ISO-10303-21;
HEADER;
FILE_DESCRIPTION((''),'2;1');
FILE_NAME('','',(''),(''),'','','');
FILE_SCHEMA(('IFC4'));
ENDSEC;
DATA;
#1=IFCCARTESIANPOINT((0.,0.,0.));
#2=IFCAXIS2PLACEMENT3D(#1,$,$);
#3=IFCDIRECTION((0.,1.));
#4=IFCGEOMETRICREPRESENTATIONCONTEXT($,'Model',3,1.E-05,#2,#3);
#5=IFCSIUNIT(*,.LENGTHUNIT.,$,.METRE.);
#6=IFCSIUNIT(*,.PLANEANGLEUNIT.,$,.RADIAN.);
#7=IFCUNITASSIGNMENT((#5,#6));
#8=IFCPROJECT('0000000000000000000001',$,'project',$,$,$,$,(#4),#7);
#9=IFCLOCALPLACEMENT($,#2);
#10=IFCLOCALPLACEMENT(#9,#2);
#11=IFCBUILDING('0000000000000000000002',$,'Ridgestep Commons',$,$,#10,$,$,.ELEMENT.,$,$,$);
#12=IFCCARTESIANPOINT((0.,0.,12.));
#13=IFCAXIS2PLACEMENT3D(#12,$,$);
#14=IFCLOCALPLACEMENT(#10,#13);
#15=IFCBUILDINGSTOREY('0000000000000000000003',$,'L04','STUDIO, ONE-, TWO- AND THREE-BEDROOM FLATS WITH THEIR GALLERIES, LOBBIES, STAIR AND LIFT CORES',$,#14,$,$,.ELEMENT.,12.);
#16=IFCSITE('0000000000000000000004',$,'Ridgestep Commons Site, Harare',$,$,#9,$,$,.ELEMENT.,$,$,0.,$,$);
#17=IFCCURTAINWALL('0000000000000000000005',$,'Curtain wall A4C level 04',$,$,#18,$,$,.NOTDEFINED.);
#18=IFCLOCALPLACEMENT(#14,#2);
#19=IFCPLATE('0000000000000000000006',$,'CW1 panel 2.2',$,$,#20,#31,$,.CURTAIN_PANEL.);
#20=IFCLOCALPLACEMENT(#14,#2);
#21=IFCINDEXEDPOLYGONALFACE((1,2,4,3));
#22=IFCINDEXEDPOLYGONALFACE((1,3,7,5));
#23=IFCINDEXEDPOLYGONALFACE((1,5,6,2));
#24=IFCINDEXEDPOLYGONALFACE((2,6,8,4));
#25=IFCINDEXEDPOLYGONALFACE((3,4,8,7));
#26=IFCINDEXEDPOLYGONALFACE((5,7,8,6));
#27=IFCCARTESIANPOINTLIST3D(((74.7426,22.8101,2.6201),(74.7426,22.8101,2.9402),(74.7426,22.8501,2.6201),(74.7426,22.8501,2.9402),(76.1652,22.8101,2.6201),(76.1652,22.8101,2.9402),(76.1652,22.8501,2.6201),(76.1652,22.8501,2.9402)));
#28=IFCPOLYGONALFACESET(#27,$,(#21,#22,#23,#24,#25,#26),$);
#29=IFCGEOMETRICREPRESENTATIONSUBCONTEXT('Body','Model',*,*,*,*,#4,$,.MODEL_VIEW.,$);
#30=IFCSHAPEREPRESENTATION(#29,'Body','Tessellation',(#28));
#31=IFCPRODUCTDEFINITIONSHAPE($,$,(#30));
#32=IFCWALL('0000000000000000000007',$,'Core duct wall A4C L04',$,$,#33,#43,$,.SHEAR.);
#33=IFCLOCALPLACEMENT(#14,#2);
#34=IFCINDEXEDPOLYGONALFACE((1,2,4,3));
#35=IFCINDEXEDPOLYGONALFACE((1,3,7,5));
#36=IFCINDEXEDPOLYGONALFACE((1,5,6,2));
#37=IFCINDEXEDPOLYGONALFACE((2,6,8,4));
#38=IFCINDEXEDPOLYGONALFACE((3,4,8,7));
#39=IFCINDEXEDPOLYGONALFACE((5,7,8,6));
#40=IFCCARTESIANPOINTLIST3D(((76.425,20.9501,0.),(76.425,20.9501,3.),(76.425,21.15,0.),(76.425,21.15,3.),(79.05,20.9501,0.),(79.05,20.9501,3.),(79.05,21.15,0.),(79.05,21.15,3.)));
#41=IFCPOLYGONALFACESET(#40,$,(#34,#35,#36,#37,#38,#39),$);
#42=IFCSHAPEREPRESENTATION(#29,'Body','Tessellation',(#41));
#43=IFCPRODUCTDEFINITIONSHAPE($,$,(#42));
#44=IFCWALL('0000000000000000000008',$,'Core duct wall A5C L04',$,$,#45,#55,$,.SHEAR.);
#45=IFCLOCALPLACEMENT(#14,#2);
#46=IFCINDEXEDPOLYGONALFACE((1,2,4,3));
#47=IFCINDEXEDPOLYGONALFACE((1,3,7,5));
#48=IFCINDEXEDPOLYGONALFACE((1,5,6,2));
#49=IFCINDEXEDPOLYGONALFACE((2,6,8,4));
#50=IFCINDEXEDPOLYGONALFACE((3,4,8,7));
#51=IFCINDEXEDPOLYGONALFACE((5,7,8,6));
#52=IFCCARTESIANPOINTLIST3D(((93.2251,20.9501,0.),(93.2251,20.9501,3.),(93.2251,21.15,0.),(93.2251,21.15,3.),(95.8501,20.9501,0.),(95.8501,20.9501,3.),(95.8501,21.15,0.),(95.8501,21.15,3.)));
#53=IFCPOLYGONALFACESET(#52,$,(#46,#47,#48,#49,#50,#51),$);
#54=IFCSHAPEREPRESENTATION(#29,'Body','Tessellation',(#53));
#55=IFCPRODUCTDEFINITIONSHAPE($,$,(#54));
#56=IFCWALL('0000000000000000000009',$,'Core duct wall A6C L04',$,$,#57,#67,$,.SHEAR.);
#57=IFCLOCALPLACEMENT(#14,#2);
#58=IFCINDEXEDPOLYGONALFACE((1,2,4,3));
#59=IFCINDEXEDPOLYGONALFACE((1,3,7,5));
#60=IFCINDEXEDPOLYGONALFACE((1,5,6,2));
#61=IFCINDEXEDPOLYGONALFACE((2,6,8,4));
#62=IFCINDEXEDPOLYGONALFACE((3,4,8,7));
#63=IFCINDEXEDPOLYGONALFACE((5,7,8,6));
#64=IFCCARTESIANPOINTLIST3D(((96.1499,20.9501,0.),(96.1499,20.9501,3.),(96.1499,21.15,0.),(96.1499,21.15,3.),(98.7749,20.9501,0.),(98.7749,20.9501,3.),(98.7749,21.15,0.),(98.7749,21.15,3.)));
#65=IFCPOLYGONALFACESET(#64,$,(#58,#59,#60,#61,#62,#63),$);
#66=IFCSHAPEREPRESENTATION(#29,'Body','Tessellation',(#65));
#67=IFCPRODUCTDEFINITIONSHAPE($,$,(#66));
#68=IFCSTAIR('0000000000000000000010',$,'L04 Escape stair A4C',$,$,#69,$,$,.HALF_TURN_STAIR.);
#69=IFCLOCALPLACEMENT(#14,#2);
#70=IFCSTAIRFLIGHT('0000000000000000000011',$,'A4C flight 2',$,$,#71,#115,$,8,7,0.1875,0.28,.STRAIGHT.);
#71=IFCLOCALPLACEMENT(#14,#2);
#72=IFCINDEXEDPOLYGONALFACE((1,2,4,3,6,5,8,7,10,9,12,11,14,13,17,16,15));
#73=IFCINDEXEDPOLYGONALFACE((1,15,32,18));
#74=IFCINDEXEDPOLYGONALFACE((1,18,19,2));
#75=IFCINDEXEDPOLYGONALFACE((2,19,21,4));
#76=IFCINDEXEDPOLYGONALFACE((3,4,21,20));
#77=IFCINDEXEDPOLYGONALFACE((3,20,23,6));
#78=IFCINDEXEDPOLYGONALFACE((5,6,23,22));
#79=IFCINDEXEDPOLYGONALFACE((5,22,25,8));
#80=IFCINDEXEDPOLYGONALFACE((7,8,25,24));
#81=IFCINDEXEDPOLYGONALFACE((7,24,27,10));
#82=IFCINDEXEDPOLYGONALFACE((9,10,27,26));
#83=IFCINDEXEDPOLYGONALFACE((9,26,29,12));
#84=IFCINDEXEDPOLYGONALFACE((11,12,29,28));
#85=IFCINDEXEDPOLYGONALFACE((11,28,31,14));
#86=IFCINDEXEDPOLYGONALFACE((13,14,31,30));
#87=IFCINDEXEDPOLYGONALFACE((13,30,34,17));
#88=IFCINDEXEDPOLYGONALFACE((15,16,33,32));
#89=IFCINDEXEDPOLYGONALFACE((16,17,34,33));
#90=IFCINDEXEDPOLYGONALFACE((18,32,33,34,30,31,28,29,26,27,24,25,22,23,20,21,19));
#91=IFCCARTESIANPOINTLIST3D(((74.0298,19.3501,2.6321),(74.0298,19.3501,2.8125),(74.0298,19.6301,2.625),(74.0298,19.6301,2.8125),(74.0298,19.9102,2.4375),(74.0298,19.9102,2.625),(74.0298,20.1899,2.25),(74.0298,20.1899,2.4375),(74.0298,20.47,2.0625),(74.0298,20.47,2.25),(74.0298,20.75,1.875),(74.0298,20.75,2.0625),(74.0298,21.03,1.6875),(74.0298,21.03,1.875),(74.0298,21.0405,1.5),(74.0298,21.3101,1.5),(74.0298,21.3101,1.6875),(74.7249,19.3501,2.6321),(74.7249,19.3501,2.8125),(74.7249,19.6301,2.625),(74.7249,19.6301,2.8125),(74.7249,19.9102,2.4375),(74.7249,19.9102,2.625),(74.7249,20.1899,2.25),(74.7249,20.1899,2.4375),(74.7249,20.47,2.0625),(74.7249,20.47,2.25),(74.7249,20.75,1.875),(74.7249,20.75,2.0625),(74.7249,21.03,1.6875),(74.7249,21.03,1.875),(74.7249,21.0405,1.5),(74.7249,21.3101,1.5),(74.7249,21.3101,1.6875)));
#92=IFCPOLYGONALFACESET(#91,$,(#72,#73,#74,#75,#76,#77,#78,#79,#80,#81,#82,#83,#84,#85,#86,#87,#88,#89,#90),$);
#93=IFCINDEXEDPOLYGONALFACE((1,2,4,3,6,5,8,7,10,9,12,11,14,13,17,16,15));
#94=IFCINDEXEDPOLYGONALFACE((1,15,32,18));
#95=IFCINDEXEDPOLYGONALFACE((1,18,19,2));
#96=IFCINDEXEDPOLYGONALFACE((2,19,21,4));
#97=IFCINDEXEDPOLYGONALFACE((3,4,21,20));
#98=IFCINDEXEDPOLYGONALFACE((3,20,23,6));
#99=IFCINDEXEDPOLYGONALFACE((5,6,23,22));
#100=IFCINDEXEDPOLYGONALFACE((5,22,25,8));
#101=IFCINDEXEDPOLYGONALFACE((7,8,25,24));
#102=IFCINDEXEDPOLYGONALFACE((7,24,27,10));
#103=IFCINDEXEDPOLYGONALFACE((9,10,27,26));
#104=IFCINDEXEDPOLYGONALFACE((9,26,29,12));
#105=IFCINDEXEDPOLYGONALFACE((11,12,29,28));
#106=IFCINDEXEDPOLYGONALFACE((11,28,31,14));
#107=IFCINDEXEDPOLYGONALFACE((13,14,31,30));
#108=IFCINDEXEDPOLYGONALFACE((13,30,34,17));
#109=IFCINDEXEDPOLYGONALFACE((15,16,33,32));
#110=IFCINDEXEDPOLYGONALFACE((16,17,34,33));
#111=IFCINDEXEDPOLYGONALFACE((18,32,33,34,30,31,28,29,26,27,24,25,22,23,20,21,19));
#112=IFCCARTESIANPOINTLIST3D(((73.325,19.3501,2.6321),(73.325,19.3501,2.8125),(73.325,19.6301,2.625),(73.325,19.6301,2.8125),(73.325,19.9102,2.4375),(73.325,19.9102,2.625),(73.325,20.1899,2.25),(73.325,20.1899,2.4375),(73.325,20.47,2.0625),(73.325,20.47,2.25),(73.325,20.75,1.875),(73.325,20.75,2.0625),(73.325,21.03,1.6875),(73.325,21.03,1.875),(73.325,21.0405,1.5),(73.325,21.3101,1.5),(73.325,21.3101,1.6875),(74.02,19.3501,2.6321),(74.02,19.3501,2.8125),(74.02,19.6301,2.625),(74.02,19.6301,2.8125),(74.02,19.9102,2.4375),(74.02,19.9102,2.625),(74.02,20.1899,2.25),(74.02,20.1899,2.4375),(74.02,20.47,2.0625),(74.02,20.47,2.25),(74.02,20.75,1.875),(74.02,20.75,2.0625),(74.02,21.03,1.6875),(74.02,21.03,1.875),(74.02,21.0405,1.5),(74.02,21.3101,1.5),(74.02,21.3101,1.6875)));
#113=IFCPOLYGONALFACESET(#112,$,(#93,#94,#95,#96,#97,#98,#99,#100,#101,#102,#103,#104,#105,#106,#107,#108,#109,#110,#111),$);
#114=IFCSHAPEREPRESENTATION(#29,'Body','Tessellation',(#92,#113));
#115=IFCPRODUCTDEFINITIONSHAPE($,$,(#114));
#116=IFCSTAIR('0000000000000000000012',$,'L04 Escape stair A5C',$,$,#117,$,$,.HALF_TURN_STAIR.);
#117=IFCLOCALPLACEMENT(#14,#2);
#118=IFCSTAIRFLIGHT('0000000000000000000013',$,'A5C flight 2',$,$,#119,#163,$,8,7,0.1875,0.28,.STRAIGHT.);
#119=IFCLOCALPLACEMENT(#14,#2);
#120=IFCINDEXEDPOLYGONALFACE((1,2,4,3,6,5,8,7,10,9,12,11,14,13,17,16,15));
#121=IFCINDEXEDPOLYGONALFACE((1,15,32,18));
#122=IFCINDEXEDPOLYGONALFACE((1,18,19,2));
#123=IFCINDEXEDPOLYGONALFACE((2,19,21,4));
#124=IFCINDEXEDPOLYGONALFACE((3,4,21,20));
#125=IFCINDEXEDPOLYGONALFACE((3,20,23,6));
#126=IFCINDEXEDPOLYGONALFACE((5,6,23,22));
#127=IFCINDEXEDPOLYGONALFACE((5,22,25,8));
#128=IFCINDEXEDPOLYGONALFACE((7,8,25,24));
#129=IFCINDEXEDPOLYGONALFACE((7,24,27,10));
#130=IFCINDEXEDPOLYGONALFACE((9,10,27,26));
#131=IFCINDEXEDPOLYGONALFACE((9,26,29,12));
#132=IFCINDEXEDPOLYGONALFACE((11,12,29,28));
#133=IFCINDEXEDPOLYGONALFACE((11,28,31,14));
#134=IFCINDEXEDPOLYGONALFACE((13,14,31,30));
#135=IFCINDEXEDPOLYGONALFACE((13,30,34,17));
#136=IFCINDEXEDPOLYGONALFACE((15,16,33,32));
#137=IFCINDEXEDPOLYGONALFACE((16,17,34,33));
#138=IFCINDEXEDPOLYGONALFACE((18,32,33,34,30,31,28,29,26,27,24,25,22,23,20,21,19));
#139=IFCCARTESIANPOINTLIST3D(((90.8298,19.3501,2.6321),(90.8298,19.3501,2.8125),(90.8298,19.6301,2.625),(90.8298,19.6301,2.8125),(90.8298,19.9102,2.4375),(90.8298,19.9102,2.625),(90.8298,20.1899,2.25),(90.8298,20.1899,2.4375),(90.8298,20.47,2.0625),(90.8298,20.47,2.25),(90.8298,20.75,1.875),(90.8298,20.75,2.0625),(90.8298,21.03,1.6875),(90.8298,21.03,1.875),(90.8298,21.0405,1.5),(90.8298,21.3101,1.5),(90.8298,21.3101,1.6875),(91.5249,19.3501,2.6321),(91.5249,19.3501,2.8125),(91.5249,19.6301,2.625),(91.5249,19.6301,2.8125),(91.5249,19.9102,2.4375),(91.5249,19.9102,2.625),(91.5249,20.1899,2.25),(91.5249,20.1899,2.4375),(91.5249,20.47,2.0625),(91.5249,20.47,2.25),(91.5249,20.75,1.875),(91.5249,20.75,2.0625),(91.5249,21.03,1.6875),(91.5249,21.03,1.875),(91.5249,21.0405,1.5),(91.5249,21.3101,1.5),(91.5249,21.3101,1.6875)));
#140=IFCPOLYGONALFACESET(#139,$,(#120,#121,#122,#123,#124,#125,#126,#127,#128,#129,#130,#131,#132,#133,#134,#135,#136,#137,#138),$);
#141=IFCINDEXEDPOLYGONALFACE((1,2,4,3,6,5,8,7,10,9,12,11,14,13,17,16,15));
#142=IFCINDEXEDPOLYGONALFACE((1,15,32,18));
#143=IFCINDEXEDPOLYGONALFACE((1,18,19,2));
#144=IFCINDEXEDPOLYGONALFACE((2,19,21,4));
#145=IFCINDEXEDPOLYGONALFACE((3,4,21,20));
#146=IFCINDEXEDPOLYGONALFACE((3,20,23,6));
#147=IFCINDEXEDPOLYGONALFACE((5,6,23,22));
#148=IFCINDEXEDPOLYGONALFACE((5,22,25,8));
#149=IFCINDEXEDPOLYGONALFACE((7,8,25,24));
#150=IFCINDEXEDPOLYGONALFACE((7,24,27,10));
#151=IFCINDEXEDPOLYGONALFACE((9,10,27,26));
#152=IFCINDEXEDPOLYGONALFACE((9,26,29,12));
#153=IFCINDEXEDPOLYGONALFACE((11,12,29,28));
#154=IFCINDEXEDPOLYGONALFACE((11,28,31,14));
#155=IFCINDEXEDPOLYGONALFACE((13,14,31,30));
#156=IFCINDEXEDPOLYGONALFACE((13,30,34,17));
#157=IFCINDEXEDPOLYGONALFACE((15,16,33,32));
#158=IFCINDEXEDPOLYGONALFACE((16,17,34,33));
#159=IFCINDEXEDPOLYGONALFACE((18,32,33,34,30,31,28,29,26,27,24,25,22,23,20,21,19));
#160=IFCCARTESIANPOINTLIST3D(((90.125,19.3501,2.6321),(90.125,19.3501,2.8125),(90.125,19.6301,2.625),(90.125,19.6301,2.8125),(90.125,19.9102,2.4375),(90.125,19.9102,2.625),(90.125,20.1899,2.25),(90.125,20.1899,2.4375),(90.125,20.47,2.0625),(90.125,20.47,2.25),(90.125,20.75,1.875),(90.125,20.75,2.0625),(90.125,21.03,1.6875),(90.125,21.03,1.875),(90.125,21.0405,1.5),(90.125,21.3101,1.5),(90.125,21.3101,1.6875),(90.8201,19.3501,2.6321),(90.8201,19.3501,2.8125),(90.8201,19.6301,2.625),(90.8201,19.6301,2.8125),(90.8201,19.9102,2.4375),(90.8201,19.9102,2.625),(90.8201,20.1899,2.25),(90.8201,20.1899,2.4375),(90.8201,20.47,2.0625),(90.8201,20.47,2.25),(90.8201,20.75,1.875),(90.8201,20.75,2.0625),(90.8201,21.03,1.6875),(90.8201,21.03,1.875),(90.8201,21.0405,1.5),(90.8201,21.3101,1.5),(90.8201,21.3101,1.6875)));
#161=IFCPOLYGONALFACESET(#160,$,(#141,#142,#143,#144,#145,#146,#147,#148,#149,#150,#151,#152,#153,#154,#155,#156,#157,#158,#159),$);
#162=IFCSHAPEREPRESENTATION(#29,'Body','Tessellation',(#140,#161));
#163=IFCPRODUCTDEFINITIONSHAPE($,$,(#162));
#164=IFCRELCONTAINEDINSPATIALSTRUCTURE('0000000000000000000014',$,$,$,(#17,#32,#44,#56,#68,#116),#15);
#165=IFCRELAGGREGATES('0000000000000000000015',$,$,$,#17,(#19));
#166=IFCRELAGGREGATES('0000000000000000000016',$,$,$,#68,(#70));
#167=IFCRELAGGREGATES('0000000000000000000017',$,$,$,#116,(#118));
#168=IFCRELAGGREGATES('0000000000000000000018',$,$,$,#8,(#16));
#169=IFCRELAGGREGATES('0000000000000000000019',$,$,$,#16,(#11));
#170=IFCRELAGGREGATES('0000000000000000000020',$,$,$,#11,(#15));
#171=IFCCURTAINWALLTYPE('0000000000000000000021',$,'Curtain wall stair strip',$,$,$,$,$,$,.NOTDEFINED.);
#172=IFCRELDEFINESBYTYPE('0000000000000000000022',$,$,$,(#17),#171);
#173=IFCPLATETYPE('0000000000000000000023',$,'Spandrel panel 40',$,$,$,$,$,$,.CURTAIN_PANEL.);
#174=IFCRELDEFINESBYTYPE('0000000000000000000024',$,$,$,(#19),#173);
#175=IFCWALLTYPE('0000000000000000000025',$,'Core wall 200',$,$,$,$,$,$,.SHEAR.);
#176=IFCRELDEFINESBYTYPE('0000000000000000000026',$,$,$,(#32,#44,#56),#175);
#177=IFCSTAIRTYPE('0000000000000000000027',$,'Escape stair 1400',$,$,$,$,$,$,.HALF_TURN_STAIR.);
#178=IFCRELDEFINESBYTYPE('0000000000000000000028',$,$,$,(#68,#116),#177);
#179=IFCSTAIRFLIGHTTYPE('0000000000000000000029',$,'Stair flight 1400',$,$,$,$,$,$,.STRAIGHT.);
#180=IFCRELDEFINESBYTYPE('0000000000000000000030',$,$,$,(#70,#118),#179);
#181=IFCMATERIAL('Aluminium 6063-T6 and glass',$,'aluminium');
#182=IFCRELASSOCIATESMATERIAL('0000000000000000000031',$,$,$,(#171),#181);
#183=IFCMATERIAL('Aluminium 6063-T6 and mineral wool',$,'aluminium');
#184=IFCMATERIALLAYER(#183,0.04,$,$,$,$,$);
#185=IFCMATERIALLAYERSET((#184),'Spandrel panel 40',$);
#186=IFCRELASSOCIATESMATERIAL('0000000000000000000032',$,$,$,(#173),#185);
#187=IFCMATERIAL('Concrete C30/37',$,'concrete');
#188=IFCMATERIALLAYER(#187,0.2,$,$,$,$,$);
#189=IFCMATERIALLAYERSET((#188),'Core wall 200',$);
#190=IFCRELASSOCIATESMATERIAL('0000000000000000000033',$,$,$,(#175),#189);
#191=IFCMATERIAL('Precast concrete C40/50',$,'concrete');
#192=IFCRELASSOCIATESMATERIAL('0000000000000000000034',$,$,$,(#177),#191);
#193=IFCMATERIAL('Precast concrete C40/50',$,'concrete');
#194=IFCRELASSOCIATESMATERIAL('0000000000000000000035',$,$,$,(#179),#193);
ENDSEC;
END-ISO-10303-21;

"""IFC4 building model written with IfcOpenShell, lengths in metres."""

from ifc_helpers import new_model, si_unit, direction, frame, frame_2d, origin, origin_2d, place, context, subcontext, project, spatial, polyline, rectangle, outline, extrude, material, layer, layer_set, type_object, element, aggregate, save


model = new_model("IFC4")

# Units and contexts
model_context = context("Model", 3, precision=1e-05, world=origin(), true_north=direction((0.0, 1.0)))
body_context = subcontext(model_context, "Body", "Model", "MODEL_VIEW")
ifc_project = project(units=[si_unit("LENGTHUNIT", "METRE"), si_unit("PLANEANGLEUNIT", "RADIAN")], contexts=[model_context])

# Site, building, storey
site_placement = place(None, origin())
site = spatial("IfcSite", under=ifc_project, at=site_placement, Name="Ridgestep Commons Site, Harare", CompositionType="ELEMENT", RefElevation=0.0)
building_placement = place(site_placement, origin())
building = spatial("IfcBuilding", under=site, at=building_placement, Name="Ridgestep Commons", CompositionType="ELEMENT")
storey_placement = place(building_placement, frame((0.0, 0.0, 12.0)))
storey = spatial("IfcBuildingStorey", under=building, at=storey_placement, Name="L04", Description="STUDIO, ONE-, TWO- AND THREE-BEDROOM FLATS WITH THEIR GALLERIES, LOBBIES, STAIR AND LIFT CORES", CompositionType="ELEMENT", Elevation=12.0)

# Curtain wall
ifc_material_1 = material(Name="Aluminium 6063-T6 and glass", Category="aluminium")
curtain_wall_type = type_object("IfcCurtainWallType", Name="Curtain wall stair strip", PredefinedType="NOTDEFINED", material=ifc_material_1)
curtain_wall_1_placement = place(storey_placement, origin())
curtain_wall_1 = element("IfcCurtainWall", 1, at=curtain_wall_1_placement, inside=storey, type_object=curtain_wall_type, Name="Curtain wall A4C level 04", PredefinedType="NOTDEFINED")

# Plate
ifc_material_2 = material(Name="Aluminium 6063-T6 and mineral wool", Category="aluminium")
ifc_layer_1 = layer(ifc_material_2, 0.04)
ifc_layer_set_1 = layer_set([ifc_layer_1], Name="Spandrel panel 40")
plate_type_1 = type_object("IfcPlateType", Name="Spandrel panel 40", PredefinedType="CURTAIN_PANEL", material=ifc_layer_set_1)
plate_1_placement = place(storey_placement, frame((75.4539, 22.8301, 2.6201), z_axis=(0.0, 0.0, 1.0), x_axis=(1.0, 0.0, 0.0)))
plate_1 = element("IfcPlate", 2, at=plate_1_placement, type_object=plate_type_1, Name="CW1 panel 2.2", PredefinedType="CURTAIN_PANEL", context=body_context, shape_type="SweptSolid", body=[
    extrude(rectangle(XDim=1.4226, YDim=0.04, at=origin_2d()), origin(), (0.0, 0.0, 1.0), 0.3201),
])
aggregate(curtain_wall_1, [plate_1])

# Walls
ifc_material_3 = material(Name="Concrete C30/37", Category="concrete")
ifc_layer_2 = layer(ifc_material_3, 0.2)
ifc_layer_set_2 = layer_set([ifc_layer_2], Name="Core wall 200")
wall_type = type_object("IfcWallType", Name="Core wall 200", PredefinedType="SHEAR", material=ifc_layer_set_2)
for number, where, z_axis, x_axis, name in (
    (3, (76.425, 21.05, 0.0), (0.0, 0.0, 1.0), (1.0, 0.0, 0.0), "Core duct wall A4C L04"),
    (4, (93.2251, 21.05, 0.0), (0.0, 0.0, 1.0), (1.0, 0.0, 0.0), "Core duct wall A5C L04"),
    (5, (96.1499, 21.05, 0.0), (0.0, 0.0, 1.0), (1.0, 0.0, 0.0), "Core duct wall A6C L04"),
):
    element("IfcWall", number, at=place(storey_placement, frame(where, z_axis=z_axis, x_axis=x_axis)), inside=storey, type_object=wall_type, Name=name, PredefinedType="SHEAR", context=body_context, shape_type="SweptSolid", body=[
        extrude(rectangle(XDim=2.625, YDim=0.2, at=frame_2d((1.3125, 0.0))), origin(), (0.0, 0.0, 1.0), 3.0),
    ])

# Stairs, stair flights
ifc_material_4 = material(Name="Precast concrete C40/50", Category="concrete")
stair_type = type_object("IfcStairType", Name="Escape stair 1400", PredefinedType="HALF_TURN_STAIR", material=ifc_material_4)
stair_1_placement = place(storey_placement, origin())
stair_1 = element("IfcStair", 6, at=stair_1_placement, inside=storey, type_object=stair_type, Name="L04 Escape stair A4C", PredefinedType="HALF_TURN_STAIR")
ifc_material_5 = material(Name="Precast concrete C40/50", Category="concrete")
stair_flight_type = type_object("IfcStairFlightType", Name="Stair flight 1400", PredefinedType="STRAIGHT", material=ifc_material_5)
stair_flight_1_placement = place(storey_placement, frame((74.0249, 21.3101, 1.5), z_axis=(0.0, 0.0, 1.0), x_axis=(0.0, -1.0, 0.0)))
stair_flight_1 = element("IfcStairFlight", 7, at=stair_flight_1_placement, type_object=stair_flight_type, Name="A4C flight 2", NumberOfRisers=8, NumberOfTreads=7, PredefinedType="STRAIGHT", RiserHeight=0.1875, TreadLength=0.28, context=body_context, shape_type="SweptSolid", body=[
    extrude(outline(polyline([(0.0, 0.0), (0.0, 0.1875), (0.28, 0.1875), (0.28, 0.375), (0.5601, 0.375), (0.5601, 0.5625), (0.8401, 0.5625), (0.8401, 0.75), (1.1201, 0.75), (1.1201, 0.9375), (1.3999, 0.9375), (1.3999, 1.125), (1.6799, 1.125), (1.6799, 1.3125), (1.96, 1.3125), (1.96, 1.5), (1.96, 1.1321), (0.2695, 0.0), (0.0, 0.0)])), frame((0.0, 0.7, 0.0), z_axis=(0.0, -1.0, 0.0), x_axis=(1.0, 0.0, 0.0)), (0.0, 0.0, 1.0), 0.6951),
    extrude(outline(polyline([(0.0, 0.0), (0.0, 0.1875), (0.28, 0.1875), (0.28, 0.375), (0.5601, 0.375), (0.5601, 0.5625), (0.8401, 0.5625), (0.8401, 0.75), (1.1201, 0.75), (1.1201, 0.9375), (1.3999, 0.9375), (1.3999, 1.125), (1.6799, 1.125), (1.6799, 1.3125), (1.96, 1.3125), (1.96, 1.5), (1.96, 1.1321), (0.2695, 0.0), (0.0, 0.0)])), frame((0.0, -0.0049, 0.0), z_axis=(0.0, -1.0, 0.0), x_axis=(1.0, 0.0, 0.0)), (0.0, 0.0, 1.0), 0.6951),
])
aggregate(stair_1, [stair_flight_1])
stair_2_placement = place(storey_placement, origin())
stair_2 = element("IfcStair", 8, at=stair_2_placement, inside=storey, type_object=stair_type, Name="L04 Escape stair A5C", PredefinedType="HALF_TURN_STAIR")
stair_flight_2_placement = place(storey_placement, frame((90.825, 21.3101, 1.5), z_axis=(0.0, 0.0, 1.0), x_axis=(0.0, -1.0, 0.0)))
stair_flight_2 = element("IfcStairFlight", 9, at=stair_flight_2_placement, type_object=stair_flight_type, Name="A5C flight 2", NumberOfRisers=8, NumberOfTreads=7, PredefinedType="STRAIGHT", RiserHeight=0.1875, TreadLength=0.28, context=body_context, shape_type="SweptSolid", body=[
    extrude(outline(polyline([(0.0, 0.0), (0.0, 0.1875), (0.28, 0.1875), (0.28, 0.375), (0.5601, 0.375), (0.5601, 0.5625), (0.8401, 0.5625), (0.8401, 0.75), (1.1201, 0.75), (1.1201, 0.9375), (1.3999, 0.9375), (1.3999, 1.125), (1.6799, 1.125), (1.6799, 1.3125), (1.96, 1.3125), (1.96, 1.5), (1.96, 1.1321), (0.2695, 0.0), (0.0, 0.0)])), frame((0.0, 0.7, 0.0), z_axis=(0.0, -1.0, 0.0), x_axis=(1.0, 0.0, 0.0)), (0.0, 0.0, 1.0), 0.6951),
    extrude(outline(polyline([(0.0, 0.0), (0.0, 0.1875), (0.28, 0.1875), (0.28, 0.375), (0.5601, 0.375), (0.5601, 0.5625), (0.8401, 0.5625), (0.8401, 0.75), (1.1201, 0.75), (1.1201, 0.9375), (1.3999, 0.9375), (1.3999, 1.125), (1.6799, 1.125), (1.6799, 1.3125), (1.96, 1.3125), (1.96, 1.5), (1.96, 1.1321), (0.2695, 0.0), (0.0, 0.0)])), frame((0.0, -0.0049, 0.0), z_axis=(0.0, -1.0, 0.0), x_axis=(1.0, 0.0, 0.0)), (0.0, 0.0, 1.0), 0.6951),
])
aggregate(stair_2, [stair_flight_2])

save(model, "model.ifc")
